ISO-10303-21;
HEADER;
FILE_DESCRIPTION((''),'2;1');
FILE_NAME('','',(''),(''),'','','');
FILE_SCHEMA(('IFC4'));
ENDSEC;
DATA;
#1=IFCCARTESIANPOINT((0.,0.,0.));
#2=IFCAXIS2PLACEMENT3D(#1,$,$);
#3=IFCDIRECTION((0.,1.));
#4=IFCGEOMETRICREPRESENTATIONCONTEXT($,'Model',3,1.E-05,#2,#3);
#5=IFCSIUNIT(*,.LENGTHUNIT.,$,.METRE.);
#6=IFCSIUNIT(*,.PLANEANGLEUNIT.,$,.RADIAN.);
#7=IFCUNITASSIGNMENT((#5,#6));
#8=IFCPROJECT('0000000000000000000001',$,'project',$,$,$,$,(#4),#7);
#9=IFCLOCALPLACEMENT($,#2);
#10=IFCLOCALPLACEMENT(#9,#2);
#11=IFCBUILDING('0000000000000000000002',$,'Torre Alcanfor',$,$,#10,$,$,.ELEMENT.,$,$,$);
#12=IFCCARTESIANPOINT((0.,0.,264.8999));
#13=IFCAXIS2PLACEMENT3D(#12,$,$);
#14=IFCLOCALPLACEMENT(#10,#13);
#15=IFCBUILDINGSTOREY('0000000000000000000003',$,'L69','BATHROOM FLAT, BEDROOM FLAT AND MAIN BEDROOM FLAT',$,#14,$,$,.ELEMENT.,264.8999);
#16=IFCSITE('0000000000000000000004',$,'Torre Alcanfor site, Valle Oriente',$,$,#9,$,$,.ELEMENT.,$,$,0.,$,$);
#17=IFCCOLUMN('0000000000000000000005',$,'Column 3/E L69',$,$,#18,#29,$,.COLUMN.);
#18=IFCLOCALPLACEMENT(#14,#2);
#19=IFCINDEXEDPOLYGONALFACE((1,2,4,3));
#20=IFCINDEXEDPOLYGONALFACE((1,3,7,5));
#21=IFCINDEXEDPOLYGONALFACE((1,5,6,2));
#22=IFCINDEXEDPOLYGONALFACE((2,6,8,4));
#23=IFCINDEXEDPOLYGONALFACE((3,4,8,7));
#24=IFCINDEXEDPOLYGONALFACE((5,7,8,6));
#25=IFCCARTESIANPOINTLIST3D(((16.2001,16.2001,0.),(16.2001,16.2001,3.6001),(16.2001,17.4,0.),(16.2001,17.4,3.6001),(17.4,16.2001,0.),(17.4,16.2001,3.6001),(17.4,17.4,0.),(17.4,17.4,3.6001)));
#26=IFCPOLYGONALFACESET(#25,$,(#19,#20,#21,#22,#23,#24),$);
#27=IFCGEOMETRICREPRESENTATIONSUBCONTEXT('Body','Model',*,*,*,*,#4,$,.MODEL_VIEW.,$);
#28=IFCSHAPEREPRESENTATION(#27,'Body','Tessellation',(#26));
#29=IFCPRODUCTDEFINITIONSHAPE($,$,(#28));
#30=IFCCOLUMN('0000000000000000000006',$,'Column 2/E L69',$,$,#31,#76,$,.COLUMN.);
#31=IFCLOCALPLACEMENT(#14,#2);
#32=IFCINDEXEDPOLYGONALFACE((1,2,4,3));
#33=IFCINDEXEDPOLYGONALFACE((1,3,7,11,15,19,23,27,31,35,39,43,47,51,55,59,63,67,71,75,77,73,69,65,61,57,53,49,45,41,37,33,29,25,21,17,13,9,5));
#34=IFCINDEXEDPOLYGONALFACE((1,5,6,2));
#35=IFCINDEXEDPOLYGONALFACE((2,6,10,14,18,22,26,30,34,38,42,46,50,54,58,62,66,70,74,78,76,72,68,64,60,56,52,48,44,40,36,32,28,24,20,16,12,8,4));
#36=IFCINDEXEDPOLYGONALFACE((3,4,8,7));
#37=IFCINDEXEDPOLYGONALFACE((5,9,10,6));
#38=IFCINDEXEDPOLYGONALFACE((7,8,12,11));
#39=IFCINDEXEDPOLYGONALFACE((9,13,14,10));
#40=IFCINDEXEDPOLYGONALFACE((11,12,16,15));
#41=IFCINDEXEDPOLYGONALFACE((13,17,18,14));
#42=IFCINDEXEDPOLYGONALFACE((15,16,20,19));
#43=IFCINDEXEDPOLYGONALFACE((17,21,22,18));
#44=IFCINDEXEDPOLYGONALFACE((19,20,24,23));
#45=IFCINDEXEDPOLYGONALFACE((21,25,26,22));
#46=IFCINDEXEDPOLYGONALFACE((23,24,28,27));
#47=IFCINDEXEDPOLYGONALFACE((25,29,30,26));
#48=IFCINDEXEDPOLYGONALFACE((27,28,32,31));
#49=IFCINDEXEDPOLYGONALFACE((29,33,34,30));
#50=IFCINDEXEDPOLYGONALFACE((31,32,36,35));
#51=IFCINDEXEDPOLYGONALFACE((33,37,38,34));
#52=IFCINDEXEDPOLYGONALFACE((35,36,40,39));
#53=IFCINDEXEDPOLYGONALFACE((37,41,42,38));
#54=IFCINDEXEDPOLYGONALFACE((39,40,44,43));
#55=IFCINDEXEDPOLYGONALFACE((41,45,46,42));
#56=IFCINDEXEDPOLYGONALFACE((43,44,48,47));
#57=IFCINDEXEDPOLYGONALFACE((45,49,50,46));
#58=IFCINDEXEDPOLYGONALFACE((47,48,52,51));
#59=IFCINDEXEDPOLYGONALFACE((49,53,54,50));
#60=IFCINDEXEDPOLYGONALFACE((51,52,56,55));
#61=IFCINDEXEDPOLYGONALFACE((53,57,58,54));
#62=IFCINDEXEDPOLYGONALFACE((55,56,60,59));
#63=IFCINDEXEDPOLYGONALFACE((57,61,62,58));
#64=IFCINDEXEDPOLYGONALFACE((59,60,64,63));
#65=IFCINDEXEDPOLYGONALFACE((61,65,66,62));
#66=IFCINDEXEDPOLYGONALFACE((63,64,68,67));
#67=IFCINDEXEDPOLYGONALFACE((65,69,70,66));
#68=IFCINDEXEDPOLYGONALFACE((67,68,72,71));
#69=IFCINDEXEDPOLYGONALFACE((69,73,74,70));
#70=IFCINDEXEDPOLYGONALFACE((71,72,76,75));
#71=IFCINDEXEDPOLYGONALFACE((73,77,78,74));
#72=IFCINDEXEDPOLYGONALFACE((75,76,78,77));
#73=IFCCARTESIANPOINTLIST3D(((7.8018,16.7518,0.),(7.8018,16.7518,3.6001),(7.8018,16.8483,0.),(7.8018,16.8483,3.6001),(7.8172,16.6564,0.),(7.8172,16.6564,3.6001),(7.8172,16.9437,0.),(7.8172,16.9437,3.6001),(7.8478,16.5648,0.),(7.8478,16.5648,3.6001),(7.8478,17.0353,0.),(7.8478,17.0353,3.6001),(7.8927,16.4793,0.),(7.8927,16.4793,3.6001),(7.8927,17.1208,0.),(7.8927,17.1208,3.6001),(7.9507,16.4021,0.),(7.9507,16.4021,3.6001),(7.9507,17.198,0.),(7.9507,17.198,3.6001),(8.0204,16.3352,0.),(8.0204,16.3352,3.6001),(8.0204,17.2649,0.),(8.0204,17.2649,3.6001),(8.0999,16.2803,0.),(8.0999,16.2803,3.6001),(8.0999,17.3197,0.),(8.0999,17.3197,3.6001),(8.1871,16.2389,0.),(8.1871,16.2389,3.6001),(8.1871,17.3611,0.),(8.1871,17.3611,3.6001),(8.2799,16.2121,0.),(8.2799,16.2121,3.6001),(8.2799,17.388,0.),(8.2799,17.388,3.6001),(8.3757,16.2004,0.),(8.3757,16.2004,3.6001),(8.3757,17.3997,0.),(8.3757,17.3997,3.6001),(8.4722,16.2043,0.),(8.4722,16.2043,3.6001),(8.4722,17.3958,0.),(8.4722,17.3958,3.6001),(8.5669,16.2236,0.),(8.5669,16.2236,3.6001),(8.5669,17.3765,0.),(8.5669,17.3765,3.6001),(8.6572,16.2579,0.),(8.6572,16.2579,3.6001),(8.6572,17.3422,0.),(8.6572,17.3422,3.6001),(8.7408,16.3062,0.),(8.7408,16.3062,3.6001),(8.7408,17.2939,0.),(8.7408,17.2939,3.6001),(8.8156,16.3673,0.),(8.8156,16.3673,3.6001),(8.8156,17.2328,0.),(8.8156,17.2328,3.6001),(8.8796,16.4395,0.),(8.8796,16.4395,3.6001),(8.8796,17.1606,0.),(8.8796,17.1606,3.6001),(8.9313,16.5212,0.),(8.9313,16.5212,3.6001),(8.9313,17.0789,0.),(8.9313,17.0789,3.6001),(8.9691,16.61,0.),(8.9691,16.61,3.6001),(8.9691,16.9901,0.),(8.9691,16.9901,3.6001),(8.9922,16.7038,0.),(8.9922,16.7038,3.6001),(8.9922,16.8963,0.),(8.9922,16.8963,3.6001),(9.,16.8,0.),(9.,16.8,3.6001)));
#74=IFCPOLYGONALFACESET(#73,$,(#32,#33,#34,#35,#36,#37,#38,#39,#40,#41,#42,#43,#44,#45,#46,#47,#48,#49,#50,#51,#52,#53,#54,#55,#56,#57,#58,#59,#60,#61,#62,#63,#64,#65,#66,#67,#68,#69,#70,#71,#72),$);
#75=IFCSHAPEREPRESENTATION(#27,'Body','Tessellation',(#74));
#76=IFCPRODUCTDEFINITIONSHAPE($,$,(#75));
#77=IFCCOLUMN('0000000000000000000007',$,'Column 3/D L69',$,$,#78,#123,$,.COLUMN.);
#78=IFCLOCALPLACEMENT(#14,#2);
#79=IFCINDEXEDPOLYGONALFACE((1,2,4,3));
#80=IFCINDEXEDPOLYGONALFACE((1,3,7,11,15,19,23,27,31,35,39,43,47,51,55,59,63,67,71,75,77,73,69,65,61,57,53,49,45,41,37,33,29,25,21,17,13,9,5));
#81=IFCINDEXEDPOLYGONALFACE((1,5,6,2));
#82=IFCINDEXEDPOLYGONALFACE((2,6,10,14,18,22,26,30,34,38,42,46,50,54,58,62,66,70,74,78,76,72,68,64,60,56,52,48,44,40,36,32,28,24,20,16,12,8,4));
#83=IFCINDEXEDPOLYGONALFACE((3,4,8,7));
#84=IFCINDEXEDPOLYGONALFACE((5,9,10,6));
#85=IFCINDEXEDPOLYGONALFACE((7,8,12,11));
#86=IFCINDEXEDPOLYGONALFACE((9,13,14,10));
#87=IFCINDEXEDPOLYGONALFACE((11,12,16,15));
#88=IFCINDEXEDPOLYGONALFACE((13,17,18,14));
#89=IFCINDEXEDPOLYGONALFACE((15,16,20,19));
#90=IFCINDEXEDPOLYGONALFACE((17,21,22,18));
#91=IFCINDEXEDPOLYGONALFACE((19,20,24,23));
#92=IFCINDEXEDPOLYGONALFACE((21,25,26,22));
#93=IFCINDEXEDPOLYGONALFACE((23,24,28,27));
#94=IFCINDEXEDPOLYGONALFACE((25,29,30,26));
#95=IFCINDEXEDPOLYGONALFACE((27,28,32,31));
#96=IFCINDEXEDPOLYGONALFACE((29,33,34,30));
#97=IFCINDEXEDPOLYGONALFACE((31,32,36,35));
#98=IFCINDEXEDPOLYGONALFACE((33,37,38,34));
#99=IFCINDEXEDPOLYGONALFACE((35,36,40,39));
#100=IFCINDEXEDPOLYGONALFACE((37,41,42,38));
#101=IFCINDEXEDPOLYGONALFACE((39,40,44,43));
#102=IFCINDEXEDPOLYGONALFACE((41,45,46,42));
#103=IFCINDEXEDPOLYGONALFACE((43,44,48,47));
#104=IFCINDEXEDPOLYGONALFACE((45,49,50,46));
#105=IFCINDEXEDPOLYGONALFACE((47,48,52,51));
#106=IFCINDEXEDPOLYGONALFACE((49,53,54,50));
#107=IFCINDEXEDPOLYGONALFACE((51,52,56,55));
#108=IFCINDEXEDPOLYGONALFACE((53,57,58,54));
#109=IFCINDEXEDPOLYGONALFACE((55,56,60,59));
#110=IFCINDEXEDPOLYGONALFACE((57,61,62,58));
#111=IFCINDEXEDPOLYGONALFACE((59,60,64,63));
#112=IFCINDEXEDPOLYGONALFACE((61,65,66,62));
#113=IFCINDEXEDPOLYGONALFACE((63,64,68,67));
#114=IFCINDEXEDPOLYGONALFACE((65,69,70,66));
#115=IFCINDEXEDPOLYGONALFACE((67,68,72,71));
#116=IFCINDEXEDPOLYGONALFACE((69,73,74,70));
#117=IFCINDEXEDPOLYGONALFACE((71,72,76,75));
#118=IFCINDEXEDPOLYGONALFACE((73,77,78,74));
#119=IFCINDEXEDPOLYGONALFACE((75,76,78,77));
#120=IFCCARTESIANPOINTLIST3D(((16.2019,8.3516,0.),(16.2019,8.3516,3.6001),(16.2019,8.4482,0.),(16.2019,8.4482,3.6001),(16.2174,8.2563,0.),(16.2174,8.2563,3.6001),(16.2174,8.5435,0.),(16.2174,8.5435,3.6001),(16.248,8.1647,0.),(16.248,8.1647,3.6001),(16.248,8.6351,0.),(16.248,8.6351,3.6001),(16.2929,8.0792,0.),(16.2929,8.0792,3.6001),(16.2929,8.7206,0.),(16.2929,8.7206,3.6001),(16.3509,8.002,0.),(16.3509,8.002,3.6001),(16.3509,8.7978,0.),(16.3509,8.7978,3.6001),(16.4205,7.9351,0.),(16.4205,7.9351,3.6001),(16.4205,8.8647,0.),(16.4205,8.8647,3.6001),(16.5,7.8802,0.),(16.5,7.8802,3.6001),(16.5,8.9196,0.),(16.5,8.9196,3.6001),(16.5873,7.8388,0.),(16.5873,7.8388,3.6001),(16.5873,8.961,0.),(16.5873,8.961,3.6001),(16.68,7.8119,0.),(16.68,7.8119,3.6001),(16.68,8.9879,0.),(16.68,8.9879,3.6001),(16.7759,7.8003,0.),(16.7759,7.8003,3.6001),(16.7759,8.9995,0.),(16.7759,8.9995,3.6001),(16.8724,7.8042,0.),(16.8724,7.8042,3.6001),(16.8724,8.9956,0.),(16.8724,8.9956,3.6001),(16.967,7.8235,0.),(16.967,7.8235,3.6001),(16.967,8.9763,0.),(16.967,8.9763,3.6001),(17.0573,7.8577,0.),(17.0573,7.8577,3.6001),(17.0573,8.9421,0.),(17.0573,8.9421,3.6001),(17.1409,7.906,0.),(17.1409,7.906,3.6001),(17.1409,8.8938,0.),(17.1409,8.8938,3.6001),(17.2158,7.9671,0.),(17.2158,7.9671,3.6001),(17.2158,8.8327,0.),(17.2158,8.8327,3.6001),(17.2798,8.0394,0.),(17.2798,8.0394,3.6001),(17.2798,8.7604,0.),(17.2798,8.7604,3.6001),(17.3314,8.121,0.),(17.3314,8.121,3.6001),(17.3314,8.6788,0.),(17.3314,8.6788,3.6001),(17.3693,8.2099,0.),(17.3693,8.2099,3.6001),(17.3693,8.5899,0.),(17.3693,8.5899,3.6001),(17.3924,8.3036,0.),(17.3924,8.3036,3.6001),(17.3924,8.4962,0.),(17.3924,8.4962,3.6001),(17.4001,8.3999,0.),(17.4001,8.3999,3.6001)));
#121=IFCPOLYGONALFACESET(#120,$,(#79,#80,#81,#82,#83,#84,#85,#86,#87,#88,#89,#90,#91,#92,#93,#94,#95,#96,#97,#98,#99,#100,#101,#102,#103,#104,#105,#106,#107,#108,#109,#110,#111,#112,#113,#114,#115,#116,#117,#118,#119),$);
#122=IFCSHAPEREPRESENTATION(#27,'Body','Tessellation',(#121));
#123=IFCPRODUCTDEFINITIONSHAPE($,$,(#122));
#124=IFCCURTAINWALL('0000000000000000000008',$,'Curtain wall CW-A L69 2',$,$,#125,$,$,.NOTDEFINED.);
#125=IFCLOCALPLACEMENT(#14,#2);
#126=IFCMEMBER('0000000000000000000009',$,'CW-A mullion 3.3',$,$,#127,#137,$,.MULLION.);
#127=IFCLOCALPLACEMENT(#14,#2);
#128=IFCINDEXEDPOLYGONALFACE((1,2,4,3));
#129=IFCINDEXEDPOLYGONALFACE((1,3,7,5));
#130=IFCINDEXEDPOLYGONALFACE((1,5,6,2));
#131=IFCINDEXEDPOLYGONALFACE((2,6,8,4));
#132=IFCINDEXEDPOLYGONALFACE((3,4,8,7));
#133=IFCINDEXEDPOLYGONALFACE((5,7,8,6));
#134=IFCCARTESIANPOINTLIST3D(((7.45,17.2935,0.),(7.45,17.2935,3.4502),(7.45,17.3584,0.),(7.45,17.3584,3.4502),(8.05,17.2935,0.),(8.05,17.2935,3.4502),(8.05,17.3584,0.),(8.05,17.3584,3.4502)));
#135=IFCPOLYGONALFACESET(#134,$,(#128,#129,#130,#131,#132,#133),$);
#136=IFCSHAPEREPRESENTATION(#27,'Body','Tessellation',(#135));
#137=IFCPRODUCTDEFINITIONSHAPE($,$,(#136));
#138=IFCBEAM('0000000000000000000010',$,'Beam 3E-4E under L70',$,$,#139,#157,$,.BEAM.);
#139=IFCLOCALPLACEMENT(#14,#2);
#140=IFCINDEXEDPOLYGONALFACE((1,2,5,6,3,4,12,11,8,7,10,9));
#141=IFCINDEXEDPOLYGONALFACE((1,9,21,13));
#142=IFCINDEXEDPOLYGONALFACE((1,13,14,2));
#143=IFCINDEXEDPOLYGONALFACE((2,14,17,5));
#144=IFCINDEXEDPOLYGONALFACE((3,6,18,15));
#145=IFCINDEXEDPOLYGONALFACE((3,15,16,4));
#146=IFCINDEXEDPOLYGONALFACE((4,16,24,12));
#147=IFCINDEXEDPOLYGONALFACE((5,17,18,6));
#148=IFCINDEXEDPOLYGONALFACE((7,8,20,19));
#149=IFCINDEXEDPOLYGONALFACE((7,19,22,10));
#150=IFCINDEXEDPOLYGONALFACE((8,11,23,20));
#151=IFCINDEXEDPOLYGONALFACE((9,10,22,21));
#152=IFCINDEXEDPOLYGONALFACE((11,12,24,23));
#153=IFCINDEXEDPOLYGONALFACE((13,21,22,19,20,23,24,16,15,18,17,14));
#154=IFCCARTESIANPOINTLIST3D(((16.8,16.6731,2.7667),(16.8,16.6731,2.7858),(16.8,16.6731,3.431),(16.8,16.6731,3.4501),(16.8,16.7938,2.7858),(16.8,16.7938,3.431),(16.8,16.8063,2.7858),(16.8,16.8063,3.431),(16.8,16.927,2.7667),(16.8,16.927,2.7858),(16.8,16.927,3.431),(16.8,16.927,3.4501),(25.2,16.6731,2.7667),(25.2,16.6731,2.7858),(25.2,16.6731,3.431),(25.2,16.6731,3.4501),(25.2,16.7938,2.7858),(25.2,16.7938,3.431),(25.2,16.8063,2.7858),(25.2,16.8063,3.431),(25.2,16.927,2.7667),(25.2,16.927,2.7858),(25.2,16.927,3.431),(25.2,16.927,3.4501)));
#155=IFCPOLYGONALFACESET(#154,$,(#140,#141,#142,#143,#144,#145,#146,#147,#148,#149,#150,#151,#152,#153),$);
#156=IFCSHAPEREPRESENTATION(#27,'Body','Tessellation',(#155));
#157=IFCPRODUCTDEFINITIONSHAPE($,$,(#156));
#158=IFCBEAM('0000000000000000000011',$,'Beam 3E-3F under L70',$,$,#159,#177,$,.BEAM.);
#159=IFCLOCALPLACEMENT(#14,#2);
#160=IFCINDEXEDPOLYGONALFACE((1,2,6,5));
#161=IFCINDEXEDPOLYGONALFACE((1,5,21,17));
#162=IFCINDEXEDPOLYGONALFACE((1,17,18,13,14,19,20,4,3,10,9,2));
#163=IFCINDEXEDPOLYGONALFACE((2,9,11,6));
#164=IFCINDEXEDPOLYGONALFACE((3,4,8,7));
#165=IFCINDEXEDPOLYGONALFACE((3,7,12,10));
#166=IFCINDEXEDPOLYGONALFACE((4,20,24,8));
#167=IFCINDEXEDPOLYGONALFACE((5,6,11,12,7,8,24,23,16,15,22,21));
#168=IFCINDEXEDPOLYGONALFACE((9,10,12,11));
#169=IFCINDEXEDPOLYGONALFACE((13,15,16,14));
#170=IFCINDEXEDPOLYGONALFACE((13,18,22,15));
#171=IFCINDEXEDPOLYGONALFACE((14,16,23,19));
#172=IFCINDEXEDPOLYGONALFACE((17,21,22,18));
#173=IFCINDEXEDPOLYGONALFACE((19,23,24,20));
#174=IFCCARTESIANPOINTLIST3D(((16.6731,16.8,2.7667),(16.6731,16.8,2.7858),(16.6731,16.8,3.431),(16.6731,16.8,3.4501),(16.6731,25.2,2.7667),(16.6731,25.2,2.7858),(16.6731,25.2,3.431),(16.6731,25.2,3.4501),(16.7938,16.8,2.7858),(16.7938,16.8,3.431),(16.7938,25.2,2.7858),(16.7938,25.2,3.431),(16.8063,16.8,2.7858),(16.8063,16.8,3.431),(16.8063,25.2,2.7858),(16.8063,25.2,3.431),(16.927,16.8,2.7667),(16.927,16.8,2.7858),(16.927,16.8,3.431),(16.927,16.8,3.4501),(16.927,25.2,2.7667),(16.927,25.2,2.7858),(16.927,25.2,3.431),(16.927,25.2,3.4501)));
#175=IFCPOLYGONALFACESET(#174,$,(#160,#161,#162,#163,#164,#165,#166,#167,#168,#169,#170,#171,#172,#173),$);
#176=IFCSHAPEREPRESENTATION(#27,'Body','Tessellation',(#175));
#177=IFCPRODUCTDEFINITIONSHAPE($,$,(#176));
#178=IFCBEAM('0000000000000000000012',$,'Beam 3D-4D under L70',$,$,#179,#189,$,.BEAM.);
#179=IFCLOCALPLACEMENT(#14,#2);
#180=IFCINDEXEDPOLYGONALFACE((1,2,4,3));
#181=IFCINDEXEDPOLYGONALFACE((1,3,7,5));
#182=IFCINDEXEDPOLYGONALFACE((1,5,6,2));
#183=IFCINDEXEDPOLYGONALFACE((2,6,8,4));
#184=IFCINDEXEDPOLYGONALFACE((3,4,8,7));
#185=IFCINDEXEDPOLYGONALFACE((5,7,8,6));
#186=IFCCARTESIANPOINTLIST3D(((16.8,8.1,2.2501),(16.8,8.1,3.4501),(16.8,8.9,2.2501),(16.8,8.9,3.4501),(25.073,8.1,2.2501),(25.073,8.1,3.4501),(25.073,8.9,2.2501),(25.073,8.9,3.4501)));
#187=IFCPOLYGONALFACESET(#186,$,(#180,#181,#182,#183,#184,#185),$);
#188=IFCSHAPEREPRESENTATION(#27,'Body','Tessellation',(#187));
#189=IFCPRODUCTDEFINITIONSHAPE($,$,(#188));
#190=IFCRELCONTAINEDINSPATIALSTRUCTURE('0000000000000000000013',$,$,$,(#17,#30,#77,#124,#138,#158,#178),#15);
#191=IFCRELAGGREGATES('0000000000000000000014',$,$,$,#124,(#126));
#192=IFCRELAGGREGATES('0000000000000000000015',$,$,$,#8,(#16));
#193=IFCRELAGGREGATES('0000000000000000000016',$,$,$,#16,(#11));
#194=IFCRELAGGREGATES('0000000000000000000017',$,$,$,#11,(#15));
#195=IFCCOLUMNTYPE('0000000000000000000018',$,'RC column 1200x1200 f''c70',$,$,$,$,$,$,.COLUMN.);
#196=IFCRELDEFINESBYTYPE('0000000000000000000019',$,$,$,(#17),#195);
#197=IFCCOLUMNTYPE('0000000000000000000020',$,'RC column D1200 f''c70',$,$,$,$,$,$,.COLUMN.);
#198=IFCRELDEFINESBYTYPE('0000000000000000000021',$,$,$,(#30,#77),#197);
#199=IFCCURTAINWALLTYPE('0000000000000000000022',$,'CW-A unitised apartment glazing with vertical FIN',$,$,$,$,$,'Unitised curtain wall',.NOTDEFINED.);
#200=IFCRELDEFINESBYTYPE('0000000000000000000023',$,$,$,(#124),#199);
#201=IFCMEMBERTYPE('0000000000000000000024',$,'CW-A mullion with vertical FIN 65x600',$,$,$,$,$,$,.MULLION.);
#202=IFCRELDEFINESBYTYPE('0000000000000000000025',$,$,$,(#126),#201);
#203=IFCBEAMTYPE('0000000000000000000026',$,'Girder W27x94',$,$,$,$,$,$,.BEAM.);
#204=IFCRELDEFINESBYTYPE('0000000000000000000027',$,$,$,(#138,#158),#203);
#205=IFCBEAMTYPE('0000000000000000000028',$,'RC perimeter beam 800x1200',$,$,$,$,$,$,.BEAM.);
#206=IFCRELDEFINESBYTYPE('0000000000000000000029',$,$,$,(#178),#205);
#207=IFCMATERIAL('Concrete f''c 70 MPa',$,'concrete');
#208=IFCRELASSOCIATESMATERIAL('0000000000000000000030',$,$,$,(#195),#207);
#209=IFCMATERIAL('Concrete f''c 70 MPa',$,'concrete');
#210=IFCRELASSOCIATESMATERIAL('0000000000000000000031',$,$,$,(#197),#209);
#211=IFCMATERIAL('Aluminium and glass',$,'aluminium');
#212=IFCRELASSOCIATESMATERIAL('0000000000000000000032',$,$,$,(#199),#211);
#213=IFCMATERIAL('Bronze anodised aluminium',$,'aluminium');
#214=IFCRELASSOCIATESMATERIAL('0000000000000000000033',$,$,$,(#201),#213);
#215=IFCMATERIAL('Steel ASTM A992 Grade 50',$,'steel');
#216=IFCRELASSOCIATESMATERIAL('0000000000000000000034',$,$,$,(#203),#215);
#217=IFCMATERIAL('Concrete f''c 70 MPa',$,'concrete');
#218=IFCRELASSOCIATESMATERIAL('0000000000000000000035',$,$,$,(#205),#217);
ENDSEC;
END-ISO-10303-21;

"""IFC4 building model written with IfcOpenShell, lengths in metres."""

from ifc_helpers import new_model, si_unit, direction, frame, origin, origin_2d, place, context, subcontext, project, spatial, rectangle, circle, i_section, extrude, material, material_profile, profile_set, type_object, element, aggregate, save


model = new_model("IFC4")

# Units and contexts
model_context = context("Model", 3, precision=1e-05, world=origin(), true_north=direction((0.0, 1.0)))
body_context = subcontext(model_context, "Body", "Model", "MODEL_VIEW")
ifc_project = project(units=[si_unit("LENGTHUNIT", "METRE"), si_unit("PLANEANGLEUNIT", "RADIAN")], contexts=[model_context])

# Site, building, storey
site_placement = place(None, origin())
site = spatial("IfcSite", under=ifc_project, at=site_placement, Name="Torre Alcanfor site, Valle Oriente", CompositionType="ELEMENT", RefElevation=0.0)
building_placement = place(site_placement, origin())
building = spatial("IfcBuilding", under=site, at=building_placement, Name="Torre Alcanfor", CompositionType="ELEMENT")
storey_placement = place(building_placement, frame((0.0, 0.0, 264.8999)))
storey = spatial("IfcBuildingStorey", under=building, at=storey_placement, Name="L69", Description="BATHROOM FLAT, BEDROOM FLAT AND MAIN BEDROOM FLAT", CompositionType="ELEMENT", Elevation=264.8999)

# Columns
ifc_material_1 = material(Name="Concrete f'c 70 MPa", Category="concrete")
ifc_material_profile_1 = material_profile(ifc_material_1, rectangle(XDim=1.2, YDim=1.2, at=origin_2d()), Name="1200x1200")
ifc_profile_set_1 = profile_set([ifc_material_profile_1], Name="Concrete f'c 70 MPa")
column_type_1 = type_object("IfcColumnType", Name="RC column 1200x1200 f'c70", PredefinedType="COLUMN", material=ifc_profile_set_1)
column_placement = place(storey_placement, frame((16.8, 16.8, 0.0), z_axis=(0.0, 0.0, 1.0), x_axis=(1.0, 0.0, 0.0)))
element("IfcColumn", 1, at=column_placement, inside=storey, type_object=column_type_1, Name="Column 3/E L69", PredefinedType="COLUMN", context=body_context, shape_type="SweptSolid", body=[
    extrude(rectangle(XDim=1.2, YDim=1.2, at=origin_2d()), origin(), (0.0, 0.0, 1.0), 3.6001),
])
ifc_material_2 = material(Name="Concrete f'c 70 MPa", Category="concrete")
ifc_material_profile_2 = material_profile(ifc_material_2, circle(Radius=0.6001, at=origin_2d()), Name="D1200")
ifc_profile_set_2 = profile_set([ifc_material_profile_2], Name="Concrete f'c 70 MPa")
column_type_2 = type_object("IfcColumnType", Name="RC column D1200 f'c70", PredefinedType="COLUMN", material=ifc_profile_set_2)
for number, where, z_axis, x_axis, name in (
    (2, (8.3999, 16.8, 0.0), (0.0, 0.0, 1.0), (1.0, 0.0, 0.0), "Column 2/E L69"),
    (3, (16.8, 8.3999, 0.0), (0.0, 0.0, 1.0), (1.0, 0.0, 0.0), "Column 3/D L69"),
):
    element("IfcColumn", number, at=place(storey_placement, frame(where, z_axis=z_axis, x_axis=x_axis)), inside=storey, type_object=column_type_2, Name=name, PredefinedType="COLUMN", context=body_context, shape_type="SweptSolid", body=[
        extrude(circle(Radius=0.6001, at=origin_2d()), origin(), (0.0, 0.0, 1.0), 3.6001),
    ])

# Curtain wall, member
ifc_material_3 = material(Name="Aluminium and glass", Category="aluminium")
curtain_wall_type = type_object("IfcCurtainWallType", Name="CW-A unitised apartment glazing with vertical FIN", ElementType="Unitised curtain wall", PredefinedType="NOTDEFINED", material=ifc_material_3)
curtain_wall_placement = place(storey_placement, origin())
curtain_wall = element("IfcCurtainWall", 4, at=curtain_wall_placement, inside=storey, type_object=curtain_wall_type, Name="Curtain wall CW-A L69 2", PredefinedType="NOTDEFINED")
ifc_material_4 = material(Name="Bronze anodised aluminium", Category="aluminium")
ifc_material_profile_3 = material_profile(ifc_material_4, rectangle(XDim=0.6001, YDim=0.0649, at=origin_2d()), Name="CW-A mullion 65x600")
ifc_profile_set_3 = profile_set([ifc_material_profile_3], Name="Bronze anodised aluminium")
member_type = type_object("IfcMemberType", Name="CW-A mullion with vertical FIN 65x600", PredefinedType="MULLION", material=ifc_profile_set_3)
member_placement = place(storey_placement, frame((7.75, 17.3259, 0.0), z_axis=(0.0, 0.0, 1.0), x_axis=(1.0, 0.0, 0.0)))
member = element("IfcMember", 5, at=member_placement, type_object=member_type, Name="CW-A mullion 3.3", PredefinedType="MULLION", context=body_context, shape_type="SweptSolid", body=[
    extrude(rectangle(XDim=0.6001, YDim=0.0649, at=origin_2d()), origin(), (0.0, 0.0, 1.0), 3.4502),
])
aggregate(curtain_wall, [member])

# Beams
ifc_material_5 = material(Name="Steel ASTM A992 Grade 50", Category="steel")
ifc_material_profile_4 = material_profile(ifc_material_5, i_section(OverallWidth=0.2539, OverallDepth=0.6833, WebThickness=0.0125, FlangeThickness=0.019, at=origin_2d()), Name="W27x94")
ifc_profile_set_4 = profile_set([ifc_material_profile_4], Name="Steel ASTM A992 Grade 50")
beam_type_1 = type_object("IfcBeamType", Name="Girder W27x94", PredefinedType="BEAM", material=ifc_profile_set_4)
for number, where, z_axis, x_axis, name in (
    (6, (16.8, 16.8, 3.1084), (1.0, 0.0, 0.0), (0.0, 1.0, 0.0), "Beam 3E-4E under L70"),
    (7, (16.8, 16.8, 3.1084), (0.0, 1.0, 0.0), (-1.0, 0.0, 0.0), "Beam 3E-3F under L70"),
):
    element("IfcBeam", number, at=place(storey_placement, frame(where, z_axis=z_axis, x_axis=x_axis)), inside=storey, type_object=beam_type_1, Name=name, PredefinedType="BEAM", context=body_context, shape_type="SweptSolid", body=[
        extrude(i_section(OverallWidth=0.2539, OverallDepth=0.6833, WebThickness=0.0125, FlangeThickness=0.019, at=origin_2d()), origin(), (0.0, 0.0, 1.0), 8.3999),
    ])
ifc_material_6 = material(Name="Concrete f'c 70 MPa", Category="concrete")
ifc_material_profile_5 = material_profile(ifc_material_6, rectangle(XDim=0.8, YDim=1.2, at=origin_2d()), Name="800x1200")
ifc_profile_set_5 = profile_set([ifc_material_profile_5], Name="Concrete f'c 70 MPa")
beam_type_2 = type_object("IfcBeamType", Name="RC perimeter beam 800x1200", PredefinedType="BEAM", material=ifc_profile_set_5)
beam_1_placement = place(storey_placement, frame((16.8, 8.5, 2.8501), z_axis=(1.0, 0.0, 0.0), x_axis=(0.0, 1.0, 0.0)))
element("IfcBeam", 8, at=beam_1_placement, inside=storey, type_object=beam_type_2, Name="Beam 3D-4D under L70", PredefinedType="BEAM", context=body_context, shape_type="SweptSolid", body=[
    extrude(rectangle(XDim=0.8, YDim=1.2, at=origin_2d()), origin(), (0.0, 0.0, 1.0), 8.2729),
])

save(model, "model.ifc")
